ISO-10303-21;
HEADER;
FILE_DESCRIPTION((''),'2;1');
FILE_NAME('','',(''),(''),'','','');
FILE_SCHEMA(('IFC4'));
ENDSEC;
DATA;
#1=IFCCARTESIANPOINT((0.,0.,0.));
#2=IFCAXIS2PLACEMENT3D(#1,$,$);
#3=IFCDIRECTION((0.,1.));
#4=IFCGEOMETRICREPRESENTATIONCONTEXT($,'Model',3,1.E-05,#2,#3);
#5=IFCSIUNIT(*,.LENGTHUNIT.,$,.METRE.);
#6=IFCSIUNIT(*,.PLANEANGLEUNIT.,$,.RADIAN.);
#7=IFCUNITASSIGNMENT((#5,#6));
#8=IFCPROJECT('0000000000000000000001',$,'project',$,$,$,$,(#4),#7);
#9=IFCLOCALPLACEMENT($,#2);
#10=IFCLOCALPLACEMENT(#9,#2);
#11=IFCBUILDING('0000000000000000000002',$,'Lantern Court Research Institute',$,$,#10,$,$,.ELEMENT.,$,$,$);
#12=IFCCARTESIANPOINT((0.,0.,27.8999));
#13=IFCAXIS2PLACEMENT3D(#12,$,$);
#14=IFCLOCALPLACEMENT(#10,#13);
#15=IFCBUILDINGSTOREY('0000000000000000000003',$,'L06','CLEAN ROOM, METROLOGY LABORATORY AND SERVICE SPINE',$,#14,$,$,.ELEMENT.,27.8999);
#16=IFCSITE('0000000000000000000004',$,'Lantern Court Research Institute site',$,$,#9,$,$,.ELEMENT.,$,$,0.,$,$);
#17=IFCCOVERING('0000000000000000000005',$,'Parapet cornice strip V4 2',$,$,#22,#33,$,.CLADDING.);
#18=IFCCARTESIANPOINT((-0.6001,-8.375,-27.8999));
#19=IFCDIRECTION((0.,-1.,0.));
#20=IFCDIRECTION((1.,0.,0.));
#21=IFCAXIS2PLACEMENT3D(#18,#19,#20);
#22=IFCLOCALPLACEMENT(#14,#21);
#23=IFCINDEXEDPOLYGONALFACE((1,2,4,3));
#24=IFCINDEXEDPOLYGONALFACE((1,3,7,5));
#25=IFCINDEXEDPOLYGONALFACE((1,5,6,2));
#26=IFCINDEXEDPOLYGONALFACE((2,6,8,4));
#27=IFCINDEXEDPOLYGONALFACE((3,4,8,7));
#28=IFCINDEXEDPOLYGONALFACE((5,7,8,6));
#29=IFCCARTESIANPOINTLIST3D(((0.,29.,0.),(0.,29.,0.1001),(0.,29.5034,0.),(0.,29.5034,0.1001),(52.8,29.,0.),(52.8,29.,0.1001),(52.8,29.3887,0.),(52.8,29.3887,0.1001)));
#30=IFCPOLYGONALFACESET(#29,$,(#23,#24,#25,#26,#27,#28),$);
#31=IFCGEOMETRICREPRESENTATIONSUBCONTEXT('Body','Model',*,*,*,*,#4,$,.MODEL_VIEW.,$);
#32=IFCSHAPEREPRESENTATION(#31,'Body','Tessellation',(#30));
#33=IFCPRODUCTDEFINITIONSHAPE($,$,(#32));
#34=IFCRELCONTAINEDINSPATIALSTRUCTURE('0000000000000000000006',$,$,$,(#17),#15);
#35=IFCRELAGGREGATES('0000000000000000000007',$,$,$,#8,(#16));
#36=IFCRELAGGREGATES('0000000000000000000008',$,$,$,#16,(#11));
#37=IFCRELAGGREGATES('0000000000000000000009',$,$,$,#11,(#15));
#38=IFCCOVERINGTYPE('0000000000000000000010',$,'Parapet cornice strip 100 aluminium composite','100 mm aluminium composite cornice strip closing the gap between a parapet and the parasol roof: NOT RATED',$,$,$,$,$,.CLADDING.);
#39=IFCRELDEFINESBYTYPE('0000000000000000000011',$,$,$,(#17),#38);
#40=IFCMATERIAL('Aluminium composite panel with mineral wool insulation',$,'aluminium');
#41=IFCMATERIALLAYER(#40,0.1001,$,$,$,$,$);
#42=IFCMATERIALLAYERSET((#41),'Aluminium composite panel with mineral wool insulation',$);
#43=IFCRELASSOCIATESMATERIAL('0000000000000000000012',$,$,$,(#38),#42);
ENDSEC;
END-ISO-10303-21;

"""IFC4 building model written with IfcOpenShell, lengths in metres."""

from ifc_helpers import new_model, si_unit, direction, frame, origin, place, context, subcontext, project, spatial, polyline, outline, extrude, material, layer, layer_set, type_object, element, save


model = new_model("IFC4")

# Units and contexts
model_context = context("Model", 3, precision=1e-05, world=origin(), true_north=direction((0.0, 1.0)))
body_context = subcontext(model_context, "Body", "Model", "MODEL_VIEW")
ifc_project = project(units=[si_unit("LENGTHUNIT", "METRE"), si_unit("PLANEANGLEUNIT", "RADIAN")], contexts=[model_context])

# Site, building, storey
site_placement = place(None, origin())
site = spatial("IfcSite", under=ifc_project, at=site_placement, Name="Lantern Court Research Institute site", CompositionType="ELEMENT", RefElevation=0.0)
building_placement = place(site_placement, origin())
building = spatial("IfcBuilding", under=site, at=building_placement, Name="Lantern Court Research Institute", CompositionType="ELEMENT")
storey_placement = place(building_placement, frame((0.0, 0.0, 27.8999)))
storey = spatial("IfcBuildingStorey", under=building, at=storey_placement, Name="L06", Description="CLEAN ROOM, METROLOGY LABORATORY AND SERVICE SPINE", CompositionType="ELEMENT", Elevation=27.8999)

# Covering
ifc_material_1 = material(Name="Aluminium composite panel with mineral wool insulation", Category="aluminium")
ifc_layer_1 = layer(ifc_material_1, 0.1001)
ifc_layer_set_1 = layer_set([ifc_layer_1], Name="Aluminium composite panel with mineral wool insulation")
covering_type_1 = type_object("IfcCoveringType", Name="Parapet cornice strip 100 aluminium composite", Description="100 mm aluminium composite cornice strip closing the gap between a parapet and the parasol roof: NOT RATED", PredefinedType="CLADDING", material=ifc_layer_set_1)
covering_1_placement = place(storey_placement, frame((-0.6001, -8.375, -27.8999), z_axis=(0.0, -1.0, 0.0), x_axis=(1.0, 0.0, 0.0)))
element("IfcCovering", 1, at=covering_1_placement, inside=storey, type_object=covering_type_1, Name="Parapet cornice strip V4 2", PredefinedType="CLADDING", context=body_context, shape_type="SweptSolid", body=[
    extrude(outline(polyline([(0.0, 29.0), (52.8, 29.0), (52.8, 29.3887), (0.0, 29.5034), (0.0, 29.0)])), origin(), (0.0, 0.0, 1.0), 0.1001),
])

save(model, "model.ifc")
